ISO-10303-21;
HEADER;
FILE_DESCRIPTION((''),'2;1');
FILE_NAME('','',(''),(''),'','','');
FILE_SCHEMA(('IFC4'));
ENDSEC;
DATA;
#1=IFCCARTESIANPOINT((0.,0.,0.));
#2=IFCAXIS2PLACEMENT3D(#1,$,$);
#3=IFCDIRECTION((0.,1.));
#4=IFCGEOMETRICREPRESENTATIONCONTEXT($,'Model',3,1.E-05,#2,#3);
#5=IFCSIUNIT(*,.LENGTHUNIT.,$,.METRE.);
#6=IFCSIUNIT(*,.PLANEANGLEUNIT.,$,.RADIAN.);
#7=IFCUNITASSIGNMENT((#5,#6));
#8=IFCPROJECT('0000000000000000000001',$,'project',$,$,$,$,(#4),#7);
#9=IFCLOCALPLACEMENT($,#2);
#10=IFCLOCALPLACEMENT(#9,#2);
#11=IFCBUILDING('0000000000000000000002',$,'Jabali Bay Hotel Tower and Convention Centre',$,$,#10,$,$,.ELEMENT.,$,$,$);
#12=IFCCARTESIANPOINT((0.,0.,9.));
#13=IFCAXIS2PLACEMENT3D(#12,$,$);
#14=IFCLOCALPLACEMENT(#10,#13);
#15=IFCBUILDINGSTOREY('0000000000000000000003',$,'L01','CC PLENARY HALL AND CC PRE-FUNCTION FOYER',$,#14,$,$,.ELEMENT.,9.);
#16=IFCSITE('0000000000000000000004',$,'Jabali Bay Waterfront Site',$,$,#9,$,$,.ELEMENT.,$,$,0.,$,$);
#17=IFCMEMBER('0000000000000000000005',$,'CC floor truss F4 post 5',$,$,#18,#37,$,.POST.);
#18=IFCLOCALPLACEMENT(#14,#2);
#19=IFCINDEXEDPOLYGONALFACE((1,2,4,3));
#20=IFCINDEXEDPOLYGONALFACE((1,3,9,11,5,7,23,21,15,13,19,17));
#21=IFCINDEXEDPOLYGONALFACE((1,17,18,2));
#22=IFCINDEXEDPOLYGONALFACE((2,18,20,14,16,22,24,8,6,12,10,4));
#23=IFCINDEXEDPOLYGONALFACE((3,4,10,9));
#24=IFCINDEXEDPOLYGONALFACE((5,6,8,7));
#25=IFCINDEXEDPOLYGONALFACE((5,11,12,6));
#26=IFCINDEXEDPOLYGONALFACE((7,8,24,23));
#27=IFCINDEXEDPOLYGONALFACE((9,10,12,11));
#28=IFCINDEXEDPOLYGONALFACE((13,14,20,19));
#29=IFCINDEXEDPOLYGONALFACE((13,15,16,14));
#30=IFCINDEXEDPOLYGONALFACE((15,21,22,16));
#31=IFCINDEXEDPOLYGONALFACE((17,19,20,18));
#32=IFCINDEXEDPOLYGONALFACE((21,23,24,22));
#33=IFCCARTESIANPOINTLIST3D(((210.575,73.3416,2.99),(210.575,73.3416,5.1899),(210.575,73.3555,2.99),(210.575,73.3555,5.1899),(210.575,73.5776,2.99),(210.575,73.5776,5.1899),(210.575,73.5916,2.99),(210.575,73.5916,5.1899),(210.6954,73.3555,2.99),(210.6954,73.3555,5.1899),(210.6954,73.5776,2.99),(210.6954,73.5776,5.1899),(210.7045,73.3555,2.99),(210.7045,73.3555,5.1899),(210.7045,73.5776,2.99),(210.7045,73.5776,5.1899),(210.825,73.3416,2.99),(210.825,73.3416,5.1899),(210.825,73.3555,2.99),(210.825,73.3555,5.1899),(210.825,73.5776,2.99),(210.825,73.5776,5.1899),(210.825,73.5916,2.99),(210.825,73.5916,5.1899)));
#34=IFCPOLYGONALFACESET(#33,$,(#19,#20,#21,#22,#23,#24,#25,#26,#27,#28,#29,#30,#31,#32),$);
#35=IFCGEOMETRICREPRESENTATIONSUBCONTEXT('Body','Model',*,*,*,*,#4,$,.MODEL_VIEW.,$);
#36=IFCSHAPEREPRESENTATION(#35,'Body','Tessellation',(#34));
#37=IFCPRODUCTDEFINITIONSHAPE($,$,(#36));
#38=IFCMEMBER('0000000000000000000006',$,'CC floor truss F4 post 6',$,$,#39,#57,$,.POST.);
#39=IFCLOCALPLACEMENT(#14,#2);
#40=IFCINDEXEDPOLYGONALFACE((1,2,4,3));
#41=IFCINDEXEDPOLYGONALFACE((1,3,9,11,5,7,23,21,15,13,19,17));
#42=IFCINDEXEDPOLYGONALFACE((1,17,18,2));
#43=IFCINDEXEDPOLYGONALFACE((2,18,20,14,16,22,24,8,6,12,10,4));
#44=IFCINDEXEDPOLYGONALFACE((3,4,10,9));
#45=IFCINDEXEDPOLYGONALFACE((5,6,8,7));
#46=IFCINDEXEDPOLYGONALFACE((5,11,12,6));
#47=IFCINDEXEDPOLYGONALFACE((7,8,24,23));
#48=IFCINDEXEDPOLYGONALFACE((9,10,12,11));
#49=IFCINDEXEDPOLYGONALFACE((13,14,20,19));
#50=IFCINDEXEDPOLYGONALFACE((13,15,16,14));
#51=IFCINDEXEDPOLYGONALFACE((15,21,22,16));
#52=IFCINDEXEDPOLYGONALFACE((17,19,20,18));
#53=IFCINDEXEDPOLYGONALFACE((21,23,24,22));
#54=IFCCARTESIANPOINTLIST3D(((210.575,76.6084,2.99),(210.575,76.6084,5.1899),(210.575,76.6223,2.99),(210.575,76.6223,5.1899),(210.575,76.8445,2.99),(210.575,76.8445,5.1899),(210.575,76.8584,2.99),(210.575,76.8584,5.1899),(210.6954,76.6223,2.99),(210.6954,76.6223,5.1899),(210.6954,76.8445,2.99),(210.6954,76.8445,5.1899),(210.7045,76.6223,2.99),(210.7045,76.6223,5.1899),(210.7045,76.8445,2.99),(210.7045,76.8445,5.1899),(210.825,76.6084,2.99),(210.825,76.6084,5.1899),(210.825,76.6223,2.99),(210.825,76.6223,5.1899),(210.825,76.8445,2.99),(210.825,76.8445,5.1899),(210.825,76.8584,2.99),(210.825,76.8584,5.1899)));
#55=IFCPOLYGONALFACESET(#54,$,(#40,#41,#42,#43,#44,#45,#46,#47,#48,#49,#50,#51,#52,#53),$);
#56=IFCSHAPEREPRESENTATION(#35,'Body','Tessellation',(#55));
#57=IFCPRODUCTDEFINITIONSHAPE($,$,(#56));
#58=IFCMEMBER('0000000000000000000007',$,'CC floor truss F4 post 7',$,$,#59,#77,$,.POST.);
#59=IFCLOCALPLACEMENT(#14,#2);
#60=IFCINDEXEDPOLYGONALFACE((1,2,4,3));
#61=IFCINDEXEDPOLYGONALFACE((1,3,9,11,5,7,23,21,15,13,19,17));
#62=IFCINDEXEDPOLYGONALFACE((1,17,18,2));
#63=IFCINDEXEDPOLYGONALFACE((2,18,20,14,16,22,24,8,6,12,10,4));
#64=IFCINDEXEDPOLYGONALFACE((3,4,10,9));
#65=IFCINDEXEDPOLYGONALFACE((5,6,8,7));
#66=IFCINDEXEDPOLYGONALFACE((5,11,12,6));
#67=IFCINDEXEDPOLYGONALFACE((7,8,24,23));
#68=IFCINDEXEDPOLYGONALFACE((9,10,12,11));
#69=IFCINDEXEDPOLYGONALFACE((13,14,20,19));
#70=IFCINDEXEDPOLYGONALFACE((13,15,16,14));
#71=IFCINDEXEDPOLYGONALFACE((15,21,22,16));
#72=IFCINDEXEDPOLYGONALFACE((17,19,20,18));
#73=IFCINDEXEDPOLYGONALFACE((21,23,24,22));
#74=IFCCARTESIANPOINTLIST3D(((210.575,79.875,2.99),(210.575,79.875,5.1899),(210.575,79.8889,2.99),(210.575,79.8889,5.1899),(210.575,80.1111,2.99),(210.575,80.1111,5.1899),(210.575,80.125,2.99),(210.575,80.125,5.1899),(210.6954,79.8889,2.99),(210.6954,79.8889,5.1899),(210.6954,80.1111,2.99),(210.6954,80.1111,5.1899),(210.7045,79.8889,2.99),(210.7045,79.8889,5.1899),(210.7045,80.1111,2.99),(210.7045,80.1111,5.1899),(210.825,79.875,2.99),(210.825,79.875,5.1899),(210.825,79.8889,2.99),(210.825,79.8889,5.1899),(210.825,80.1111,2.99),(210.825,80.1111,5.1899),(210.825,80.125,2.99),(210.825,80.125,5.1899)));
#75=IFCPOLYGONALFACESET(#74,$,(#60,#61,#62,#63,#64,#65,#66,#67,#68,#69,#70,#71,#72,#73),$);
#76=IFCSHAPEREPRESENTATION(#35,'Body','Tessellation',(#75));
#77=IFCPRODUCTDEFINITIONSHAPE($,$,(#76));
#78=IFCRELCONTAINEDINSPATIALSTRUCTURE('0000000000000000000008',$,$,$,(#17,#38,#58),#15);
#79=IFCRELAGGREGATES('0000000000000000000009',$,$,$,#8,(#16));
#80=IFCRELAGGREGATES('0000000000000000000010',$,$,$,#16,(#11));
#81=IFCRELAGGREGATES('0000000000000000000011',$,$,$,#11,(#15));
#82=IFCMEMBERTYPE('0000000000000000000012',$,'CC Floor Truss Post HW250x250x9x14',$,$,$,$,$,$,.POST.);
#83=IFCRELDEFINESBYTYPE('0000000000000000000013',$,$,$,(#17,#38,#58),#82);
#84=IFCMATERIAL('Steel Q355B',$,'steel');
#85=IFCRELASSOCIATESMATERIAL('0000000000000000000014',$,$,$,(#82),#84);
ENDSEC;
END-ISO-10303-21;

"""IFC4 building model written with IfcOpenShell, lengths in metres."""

from ifc_helpers import new_model, si_unit, direction, frame, origin, origin_2d, place, context, subcontext, project, spatial, i_section, extrude, material, material_profile, profile_set, type_object, element, save


model = new_model("IFC4")

# Units and contexts
model_context = context("Model", 3, precision=1e-05, world=origin(), true_north=direction((0.0, 1.0)))
body_context = subcontext(model_context, "Body", "Model", "MODEL_VIEW")
ifc_project = project(units=[si_unit("LENGTHUNIT", "METRE"), si_unit("PLANEANGLEUNIT", "RADIAN")], contexts=[model_context])

# Site, building, storey
site_placement = place(None, origin())
site = spatial("IfcSite", under=ifc_project, at=site_placement, Name="Jabali Bay Waterfront Site", CompositionType="ELEMENT", RefElevation=0.0)
building_placement = place(site_placement, origin())
building = spatial("IfcBuilding", under=site, at=building_placement, Name="Jabali Bay Hotel Tower and Convention Centre", CompositionType="ELEMENT")
storey_placement = place(building_placement, frame((0.0, 0.0, 9.0)))
storey = spatial("IfcBuildingStorey", under=building, at=storey_placement, Name="L01", Description="CC PLENARY HALL AND CC PRE-FUNCTION FOYER", CompositionType="ELEMENT", Elevation=9.0)

# Members
ifc_material = material(Name="Steel Q355B", Category="steel")
ifc_material_profile_1 = material_profile(ifc_material, i_section(OverallWidth=0.25, OverallDepth=0.25, WebThickness=0.009, FlangeThickness=0.0139, at=origin_2d()), Name="HW250x250x9x14")
ifc_profile_set_1 = profile_set([ifc_material_profile_1], Name="Steel Q355B")
member_type_1 = type_object("IfcMemberType", Name="CC Floor Truss Post HW250x250x9x14", PredefinedType="POST", material=ifc_profile_set_1)
for number, where, z_axis, x_axis, name in (
    (1, (210.7, 73.4666, 2.99), (0.0, 0.0, 1.0), (1.0, 0.0, 0.0), "CC floor truss F4 post 5"),
    (2, (210.7, 76.7334, 2.99), (0.0, 0.0, 1.0), (1.0, 0.0, 0.0), "CC floor truss F4 post 6"),
    (3, (210.7, 80.0, 2.99), (0.0, 0.0, 1.0), (1.0, 0.0, 0.0), "CC floor truss F4 post 7"),
):
    element("IfcMember", number, at=place(storey_placement, frame(where, z_axis=z_axis, x_axis=x_axis)), inside=storey, type_object=member_type_1, Name=name, PredefinedType="POST", context=body_context, shape_type="SweptSolid", body=[
        extrude(i_section(OverallWidth=0.25, OverallDepth=0.25, WebThickness=0.009, FlangeThickness=0.0139, at=origin_2d()), origin(), (0.0, 0.0, 1.0), 2.2),
    ])

save(model, "model.ifc")
